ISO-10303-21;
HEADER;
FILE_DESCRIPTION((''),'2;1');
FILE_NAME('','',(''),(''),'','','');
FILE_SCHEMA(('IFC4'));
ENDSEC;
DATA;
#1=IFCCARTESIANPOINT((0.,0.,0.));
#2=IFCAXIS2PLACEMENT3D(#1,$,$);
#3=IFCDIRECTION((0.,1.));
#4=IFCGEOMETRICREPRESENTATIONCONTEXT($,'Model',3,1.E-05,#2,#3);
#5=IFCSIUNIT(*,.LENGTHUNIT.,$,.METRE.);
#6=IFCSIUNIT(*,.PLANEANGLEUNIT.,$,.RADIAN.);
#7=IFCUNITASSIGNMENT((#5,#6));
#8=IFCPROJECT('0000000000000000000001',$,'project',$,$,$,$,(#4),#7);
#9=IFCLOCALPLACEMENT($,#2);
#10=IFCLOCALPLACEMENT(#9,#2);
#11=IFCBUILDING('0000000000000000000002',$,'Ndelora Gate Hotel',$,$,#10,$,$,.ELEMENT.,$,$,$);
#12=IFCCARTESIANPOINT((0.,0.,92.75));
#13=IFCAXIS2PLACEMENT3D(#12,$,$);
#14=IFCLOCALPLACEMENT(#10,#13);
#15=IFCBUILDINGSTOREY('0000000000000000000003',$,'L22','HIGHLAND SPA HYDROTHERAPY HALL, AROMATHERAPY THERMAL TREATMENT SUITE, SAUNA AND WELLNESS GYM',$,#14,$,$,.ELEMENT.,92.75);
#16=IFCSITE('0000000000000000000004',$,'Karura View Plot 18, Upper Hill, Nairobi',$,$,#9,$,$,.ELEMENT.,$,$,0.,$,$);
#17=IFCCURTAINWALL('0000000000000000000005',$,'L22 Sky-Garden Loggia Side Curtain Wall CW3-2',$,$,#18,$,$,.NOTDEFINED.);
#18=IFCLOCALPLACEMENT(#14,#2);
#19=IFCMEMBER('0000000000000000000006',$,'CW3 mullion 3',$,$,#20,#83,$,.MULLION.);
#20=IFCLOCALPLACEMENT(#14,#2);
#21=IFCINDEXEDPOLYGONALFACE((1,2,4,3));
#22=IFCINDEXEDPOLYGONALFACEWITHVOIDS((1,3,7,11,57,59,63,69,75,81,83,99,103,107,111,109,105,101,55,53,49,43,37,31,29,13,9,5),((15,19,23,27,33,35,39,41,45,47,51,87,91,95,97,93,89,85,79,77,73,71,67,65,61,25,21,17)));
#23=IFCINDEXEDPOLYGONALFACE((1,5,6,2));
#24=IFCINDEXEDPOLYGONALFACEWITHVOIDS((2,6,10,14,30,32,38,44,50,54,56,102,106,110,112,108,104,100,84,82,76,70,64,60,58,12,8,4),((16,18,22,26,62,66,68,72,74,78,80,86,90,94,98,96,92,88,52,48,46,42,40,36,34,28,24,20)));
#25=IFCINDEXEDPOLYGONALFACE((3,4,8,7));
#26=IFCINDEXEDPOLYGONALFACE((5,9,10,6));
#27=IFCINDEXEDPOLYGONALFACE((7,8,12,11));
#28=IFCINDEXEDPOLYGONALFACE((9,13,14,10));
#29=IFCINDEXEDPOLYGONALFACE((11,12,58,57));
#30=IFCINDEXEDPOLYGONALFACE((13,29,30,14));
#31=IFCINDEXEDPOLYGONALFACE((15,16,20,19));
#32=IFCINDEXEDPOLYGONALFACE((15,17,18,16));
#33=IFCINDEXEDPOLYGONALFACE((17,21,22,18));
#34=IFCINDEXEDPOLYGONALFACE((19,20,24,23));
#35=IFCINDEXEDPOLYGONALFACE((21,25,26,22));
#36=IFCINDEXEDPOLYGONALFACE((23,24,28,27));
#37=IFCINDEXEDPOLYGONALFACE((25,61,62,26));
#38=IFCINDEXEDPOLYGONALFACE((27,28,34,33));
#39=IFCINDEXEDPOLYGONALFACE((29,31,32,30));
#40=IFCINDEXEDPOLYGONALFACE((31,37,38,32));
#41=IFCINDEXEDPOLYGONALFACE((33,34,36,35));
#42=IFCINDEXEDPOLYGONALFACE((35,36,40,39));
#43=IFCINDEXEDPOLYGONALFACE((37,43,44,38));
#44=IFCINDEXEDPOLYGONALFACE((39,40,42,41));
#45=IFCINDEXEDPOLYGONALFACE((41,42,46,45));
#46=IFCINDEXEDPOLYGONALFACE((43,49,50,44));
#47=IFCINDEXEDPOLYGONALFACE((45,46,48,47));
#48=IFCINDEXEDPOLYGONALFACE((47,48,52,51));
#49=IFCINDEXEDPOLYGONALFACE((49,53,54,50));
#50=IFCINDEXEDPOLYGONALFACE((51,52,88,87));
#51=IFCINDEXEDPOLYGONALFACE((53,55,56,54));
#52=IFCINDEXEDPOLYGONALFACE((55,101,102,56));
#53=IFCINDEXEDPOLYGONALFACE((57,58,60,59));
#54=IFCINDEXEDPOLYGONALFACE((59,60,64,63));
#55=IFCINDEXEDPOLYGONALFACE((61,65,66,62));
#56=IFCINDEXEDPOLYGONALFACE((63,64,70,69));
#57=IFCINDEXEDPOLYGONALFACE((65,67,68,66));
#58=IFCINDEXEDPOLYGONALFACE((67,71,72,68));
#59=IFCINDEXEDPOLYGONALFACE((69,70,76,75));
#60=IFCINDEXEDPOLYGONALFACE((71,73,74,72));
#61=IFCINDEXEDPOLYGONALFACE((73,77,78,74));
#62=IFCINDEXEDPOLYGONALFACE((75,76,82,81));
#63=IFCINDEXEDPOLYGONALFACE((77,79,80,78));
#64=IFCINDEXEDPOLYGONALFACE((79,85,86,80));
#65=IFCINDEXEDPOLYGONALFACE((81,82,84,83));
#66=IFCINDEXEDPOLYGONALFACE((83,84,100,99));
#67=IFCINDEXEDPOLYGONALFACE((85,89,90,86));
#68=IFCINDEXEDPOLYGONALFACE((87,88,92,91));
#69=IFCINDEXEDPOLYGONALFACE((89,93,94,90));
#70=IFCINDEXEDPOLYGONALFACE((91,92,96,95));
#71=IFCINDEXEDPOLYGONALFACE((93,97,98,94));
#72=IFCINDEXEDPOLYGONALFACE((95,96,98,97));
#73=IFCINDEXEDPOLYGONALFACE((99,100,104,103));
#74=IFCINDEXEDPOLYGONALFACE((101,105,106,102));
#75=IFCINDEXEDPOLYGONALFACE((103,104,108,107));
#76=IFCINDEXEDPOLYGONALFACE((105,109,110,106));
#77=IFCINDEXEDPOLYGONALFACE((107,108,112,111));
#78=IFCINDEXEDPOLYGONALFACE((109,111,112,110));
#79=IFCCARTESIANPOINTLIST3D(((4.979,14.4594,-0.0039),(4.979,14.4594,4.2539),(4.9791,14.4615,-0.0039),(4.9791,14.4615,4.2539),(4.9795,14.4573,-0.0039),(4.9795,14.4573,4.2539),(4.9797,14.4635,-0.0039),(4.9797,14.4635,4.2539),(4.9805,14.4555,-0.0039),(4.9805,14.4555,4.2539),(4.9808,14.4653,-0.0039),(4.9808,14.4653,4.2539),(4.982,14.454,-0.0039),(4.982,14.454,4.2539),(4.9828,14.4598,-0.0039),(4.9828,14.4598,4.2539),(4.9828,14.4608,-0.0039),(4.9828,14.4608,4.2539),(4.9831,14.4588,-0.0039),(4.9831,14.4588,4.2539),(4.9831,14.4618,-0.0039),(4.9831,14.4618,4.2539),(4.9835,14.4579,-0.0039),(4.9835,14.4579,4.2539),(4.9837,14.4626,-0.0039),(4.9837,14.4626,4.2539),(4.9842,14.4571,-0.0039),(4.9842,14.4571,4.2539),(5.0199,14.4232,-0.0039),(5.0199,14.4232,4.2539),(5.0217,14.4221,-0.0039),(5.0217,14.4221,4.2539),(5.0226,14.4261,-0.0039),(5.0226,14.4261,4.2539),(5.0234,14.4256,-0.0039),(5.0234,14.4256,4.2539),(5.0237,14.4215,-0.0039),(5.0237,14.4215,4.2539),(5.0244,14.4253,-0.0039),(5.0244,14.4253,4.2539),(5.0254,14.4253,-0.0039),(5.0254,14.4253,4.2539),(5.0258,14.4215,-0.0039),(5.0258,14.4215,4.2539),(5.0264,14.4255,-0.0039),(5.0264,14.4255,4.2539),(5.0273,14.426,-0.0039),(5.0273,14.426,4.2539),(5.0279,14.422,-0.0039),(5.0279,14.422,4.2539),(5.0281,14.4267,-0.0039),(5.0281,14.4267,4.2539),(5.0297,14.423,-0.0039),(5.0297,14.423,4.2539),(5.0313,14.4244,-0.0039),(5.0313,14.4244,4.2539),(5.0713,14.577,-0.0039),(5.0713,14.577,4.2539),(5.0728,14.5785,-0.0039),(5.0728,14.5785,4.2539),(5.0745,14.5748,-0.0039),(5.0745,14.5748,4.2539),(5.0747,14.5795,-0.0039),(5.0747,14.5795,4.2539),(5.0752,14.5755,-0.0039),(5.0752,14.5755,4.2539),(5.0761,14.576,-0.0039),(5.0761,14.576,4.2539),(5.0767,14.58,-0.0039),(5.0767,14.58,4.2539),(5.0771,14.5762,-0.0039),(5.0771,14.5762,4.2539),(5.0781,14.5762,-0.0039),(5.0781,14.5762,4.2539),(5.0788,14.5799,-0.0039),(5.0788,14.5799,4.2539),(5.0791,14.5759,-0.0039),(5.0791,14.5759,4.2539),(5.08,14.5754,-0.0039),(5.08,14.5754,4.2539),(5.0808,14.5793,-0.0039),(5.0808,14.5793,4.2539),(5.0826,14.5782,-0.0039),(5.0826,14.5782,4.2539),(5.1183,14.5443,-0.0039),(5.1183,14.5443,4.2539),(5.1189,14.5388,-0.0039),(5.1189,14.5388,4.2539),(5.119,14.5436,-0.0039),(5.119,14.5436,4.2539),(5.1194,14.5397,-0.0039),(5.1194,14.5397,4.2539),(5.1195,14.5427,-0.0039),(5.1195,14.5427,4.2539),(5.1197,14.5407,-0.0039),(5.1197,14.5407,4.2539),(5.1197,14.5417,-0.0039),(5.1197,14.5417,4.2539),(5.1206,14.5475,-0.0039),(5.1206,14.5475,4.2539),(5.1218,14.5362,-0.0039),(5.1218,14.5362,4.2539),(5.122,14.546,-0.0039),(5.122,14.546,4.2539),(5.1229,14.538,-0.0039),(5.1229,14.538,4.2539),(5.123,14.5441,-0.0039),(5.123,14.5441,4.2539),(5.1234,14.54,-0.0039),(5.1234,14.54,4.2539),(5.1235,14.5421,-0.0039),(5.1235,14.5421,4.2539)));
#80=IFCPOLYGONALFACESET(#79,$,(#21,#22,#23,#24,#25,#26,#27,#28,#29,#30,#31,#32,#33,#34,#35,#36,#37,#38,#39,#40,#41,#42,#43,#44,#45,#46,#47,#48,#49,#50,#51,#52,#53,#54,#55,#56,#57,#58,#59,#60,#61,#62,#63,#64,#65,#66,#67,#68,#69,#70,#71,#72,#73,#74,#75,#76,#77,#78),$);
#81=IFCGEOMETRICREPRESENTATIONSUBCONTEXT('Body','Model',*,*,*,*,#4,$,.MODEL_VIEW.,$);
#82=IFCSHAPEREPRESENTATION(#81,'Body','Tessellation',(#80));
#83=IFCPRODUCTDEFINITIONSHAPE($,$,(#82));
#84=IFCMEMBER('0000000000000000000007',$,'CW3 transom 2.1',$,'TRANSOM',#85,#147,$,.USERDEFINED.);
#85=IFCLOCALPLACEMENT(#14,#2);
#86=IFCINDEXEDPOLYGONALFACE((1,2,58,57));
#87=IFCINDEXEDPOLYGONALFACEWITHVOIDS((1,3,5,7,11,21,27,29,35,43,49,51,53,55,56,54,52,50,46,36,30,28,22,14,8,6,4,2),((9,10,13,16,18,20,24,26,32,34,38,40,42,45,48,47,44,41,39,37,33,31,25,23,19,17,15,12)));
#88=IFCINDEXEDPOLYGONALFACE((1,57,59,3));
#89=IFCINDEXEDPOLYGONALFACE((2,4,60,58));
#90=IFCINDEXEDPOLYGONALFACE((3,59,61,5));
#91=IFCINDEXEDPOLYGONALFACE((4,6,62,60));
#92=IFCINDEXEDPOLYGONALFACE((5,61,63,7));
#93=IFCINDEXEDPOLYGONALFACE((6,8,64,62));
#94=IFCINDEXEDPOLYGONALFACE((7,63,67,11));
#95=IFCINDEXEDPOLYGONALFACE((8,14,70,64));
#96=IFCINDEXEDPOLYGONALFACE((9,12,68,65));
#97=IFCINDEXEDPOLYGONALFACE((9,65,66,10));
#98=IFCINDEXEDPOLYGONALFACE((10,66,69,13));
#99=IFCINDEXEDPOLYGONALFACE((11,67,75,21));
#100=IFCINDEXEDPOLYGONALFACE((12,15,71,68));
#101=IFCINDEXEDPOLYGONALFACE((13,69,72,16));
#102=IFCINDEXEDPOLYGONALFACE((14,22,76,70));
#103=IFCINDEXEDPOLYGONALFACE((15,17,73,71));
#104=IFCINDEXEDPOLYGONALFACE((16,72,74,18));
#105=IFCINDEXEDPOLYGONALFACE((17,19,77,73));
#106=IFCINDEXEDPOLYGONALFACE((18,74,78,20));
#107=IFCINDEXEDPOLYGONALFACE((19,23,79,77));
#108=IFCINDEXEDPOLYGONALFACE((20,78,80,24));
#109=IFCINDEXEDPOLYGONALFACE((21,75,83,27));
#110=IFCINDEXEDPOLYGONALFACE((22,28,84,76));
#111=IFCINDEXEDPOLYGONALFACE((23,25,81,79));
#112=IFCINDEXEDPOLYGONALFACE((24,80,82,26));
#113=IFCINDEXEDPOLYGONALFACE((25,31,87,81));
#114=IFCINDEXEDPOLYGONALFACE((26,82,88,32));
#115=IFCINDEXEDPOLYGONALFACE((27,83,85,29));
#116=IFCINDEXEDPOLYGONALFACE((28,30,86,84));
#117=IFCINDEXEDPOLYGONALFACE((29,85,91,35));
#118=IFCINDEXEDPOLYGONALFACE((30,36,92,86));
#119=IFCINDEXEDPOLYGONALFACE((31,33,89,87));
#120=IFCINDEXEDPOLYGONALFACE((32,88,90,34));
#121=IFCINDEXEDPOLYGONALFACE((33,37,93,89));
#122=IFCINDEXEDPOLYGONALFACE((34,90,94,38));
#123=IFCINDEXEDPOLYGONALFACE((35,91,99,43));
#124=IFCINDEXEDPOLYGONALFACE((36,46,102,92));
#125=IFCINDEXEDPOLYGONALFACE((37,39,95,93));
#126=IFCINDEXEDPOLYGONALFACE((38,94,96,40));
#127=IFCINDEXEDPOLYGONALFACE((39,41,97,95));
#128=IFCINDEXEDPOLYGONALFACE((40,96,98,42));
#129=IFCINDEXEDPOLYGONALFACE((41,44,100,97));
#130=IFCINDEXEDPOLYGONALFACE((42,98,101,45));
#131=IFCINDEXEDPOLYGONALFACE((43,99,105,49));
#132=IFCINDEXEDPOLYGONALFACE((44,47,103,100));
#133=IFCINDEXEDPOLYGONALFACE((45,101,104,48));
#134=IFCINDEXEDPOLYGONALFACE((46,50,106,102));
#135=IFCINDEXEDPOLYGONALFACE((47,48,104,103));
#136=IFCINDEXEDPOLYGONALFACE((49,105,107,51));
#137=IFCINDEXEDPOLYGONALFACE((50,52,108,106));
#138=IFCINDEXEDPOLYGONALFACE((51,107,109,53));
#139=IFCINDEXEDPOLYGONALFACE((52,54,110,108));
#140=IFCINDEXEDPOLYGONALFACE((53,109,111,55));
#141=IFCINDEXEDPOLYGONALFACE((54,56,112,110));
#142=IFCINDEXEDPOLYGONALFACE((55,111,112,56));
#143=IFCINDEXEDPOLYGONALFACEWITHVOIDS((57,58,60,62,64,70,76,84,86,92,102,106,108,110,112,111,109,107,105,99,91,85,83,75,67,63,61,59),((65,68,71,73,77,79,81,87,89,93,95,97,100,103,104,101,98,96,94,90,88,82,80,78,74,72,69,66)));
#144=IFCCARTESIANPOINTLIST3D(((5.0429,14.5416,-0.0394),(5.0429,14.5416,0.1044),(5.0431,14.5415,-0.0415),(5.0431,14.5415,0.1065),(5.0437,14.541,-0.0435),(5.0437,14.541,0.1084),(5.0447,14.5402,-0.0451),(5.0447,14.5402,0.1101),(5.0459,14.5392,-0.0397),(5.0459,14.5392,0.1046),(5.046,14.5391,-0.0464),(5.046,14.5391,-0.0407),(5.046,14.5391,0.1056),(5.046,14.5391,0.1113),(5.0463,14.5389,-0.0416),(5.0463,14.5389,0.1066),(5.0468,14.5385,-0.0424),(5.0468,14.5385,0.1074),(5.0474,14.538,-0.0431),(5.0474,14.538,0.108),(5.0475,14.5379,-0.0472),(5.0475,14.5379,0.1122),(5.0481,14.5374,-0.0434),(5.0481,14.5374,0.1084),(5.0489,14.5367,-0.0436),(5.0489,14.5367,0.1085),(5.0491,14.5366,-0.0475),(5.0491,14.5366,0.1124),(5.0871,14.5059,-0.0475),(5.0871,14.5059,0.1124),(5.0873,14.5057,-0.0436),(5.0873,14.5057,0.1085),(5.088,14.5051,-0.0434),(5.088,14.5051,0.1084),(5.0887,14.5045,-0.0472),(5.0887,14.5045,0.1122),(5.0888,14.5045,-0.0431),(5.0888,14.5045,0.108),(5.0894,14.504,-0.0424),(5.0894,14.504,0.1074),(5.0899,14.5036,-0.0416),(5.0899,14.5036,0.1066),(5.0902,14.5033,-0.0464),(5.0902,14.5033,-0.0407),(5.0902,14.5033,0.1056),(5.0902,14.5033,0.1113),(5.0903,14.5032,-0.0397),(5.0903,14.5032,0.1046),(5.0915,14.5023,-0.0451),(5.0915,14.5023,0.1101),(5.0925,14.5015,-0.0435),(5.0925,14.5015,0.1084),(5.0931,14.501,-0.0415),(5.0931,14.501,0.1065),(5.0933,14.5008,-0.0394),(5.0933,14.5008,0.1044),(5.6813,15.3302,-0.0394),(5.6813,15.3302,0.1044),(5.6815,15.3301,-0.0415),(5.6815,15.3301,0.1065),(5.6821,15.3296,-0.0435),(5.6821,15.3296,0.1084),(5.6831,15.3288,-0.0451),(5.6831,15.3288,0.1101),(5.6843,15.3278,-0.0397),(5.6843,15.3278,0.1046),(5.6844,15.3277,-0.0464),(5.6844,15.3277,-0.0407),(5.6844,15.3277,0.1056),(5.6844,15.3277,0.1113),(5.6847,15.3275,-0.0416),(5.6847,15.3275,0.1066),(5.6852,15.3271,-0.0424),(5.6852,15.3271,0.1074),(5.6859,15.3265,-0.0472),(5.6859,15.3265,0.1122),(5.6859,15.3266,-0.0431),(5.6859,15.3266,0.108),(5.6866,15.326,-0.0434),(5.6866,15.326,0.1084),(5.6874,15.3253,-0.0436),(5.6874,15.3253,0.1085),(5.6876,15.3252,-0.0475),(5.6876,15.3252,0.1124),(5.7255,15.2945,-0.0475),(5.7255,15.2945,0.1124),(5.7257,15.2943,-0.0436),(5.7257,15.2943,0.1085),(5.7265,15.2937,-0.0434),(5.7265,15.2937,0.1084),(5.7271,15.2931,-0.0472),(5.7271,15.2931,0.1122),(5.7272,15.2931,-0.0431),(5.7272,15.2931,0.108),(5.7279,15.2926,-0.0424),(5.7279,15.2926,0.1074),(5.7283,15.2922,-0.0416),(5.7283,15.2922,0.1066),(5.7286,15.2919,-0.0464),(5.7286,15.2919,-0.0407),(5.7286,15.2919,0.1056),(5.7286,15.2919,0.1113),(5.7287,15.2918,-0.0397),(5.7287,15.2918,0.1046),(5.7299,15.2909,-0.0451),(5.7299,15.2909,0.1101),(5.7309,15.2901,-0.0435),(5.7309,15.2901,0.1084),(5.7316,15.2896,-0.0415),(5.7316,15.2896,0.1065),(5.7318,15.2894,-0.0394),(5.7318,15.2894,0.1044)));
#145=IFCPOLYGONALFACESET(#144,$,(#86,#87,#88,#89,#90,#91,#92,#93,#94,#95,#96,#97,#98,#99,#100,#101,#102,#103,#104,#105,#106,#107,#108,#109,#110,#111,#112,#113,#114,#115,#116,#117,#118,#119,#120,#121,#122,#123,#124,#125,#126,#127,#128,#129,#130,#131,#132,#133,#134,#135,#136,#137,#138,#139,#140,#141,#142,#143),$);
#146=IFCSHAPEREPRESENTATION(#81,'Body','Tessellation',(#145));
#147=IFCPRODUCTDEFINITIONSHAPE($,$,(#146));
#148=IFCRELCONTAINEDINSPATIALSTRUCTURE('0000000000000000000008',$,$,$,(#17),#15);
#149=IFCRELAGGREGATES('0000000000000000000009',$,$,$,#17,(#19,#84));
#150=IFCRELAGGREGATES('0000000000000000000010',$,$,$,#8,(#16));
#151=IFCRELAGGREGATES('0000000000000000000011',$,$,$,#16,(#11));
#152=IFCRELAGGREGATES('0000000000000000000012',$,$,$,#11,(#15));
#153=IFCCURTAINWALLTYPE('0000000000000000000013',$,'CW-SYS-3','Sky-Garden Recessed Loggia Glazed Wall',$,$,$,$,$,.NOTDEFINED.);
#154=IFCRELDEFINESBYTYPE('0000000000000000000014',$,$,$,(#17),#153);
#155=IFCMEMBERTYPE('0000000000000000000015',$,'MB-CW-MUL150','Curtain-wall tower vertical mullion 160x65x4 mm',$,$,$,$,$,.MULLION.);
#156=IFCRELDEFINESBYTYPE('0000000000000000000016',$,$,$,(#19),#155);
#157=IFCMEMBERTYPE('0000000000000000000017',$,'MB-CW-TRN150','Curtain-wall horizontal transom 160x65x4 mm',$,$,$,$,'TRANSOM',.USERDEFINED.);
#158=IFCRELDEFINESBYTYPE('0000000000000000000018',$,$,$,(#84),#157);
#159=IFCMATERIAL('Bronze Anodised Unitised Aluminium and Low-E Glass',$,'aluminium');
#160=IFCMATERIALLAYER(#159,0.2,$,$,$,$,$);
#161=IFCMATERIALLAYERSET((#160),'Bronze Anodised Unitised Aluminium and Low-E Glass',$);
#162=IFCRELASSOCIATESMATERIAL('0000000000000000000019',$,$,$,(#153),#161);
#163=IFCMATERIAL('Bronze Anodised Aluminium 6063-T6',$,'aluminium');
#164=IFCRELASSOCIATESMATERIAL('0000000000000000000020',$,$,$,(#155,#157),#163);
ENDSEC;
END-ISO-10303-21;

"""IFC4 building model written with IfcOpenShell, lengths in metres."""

from ifc_helpers import new_model, si_unit, direction, frame, origin, origin_2d, place, context, subcontext, project, spatial, hollow_rectangle, extrude, material, layer, layer_set, material_profile, profile_set, type_object, element, aggregate, save


model = new_model("IFC4")

# Units and contexts
model_context = context("Model", 3, precision=1e-05, world=origin(), true_north=direction((0.0, 1.0)))
body_context = subcontext(model_context, "Body", "Model", "MODEL_VIEW")
ifc_project = project(units=[si_unit("LENGTHUNIT", "METRE"), si_unit("PLANEANGLEUNIT", "RADIAN")], contexts=[model_context])

# Site, building, storey
site_placement = place(None, origin())
site = spatial("IfcSite", under=ifc_project, at=site_placement, Name="Karura View Plot 18, Upper Hill, Nairobi", CompositionType="ELEMENT", RefElevation=0.0)
building_placement = place(site_placement, origin())
building = spatial("IfcBuilding", under=site, at=building_placement, Name="Ndelora Gate Hotel", CompositionType="ELEMENT")
storey_placement = place(building_placement, frame((0.0, 0.0, 92.75)))
storey = spatial("IfcBuildingStorey", under=building, at=storey_placement, Name="L22", Description="HIGHLAND SPA HYDROTHERAPY HALL, AROMATHERAPY THERMAL TREATMENT SUITE, SAUNA AND WELLNESS GYM", CompositionType="ELEMENT", Elevation=92.75)

# Curtain wall, members
ifc_material_1 = material(Name="Bronze Anodised Unitised Aluminium and Low-E Glass", Category="aluminium")
ifc_layer_1 = layer(ifc_material_1, 0.2)
ifc_layer_set_1 = layer_set([ifc_layer_1], Name="Bronze Anodised Unitised Aluminium and Low-E Glass")
curtain_wall_type = type_object("IfcCurtainWallType", Name="CW-SYS-3", Description="Sky-Garden Recessed Loggia Glazed Wall", PredefinedType="NOTDEFINED", material=ifc_layer_set_1)
curtain_wall_placement = place(storey_placement, origin())
curtain_wall = element("IfcCurtainWall", 1, at=curtain_wall_placement, inside=storey, type_object=curtain_wall_type, Name="L22 Sky-Garden Loggia Side Curtain Wall CW3-2", PredefinedType="NOTDEFINED")
ifc_material_2 = material(Name="Bronze Anodised Aluminium 6063-T6", Category="aluminium")
ifc_material_profile_1 = material_profile(ifc_material_2, hollow_rectangle(XDim=0.0649, YDim=0.1599, WallThickness=0.0039, InnerFilletRadius=0.0039, OuterFilletRadius=0.0081, at=origin_2d()), Name="ALU 160x65x4")
ifc_profile_set_1 = profile_set([ifc_material_profile_1], Name="Bronze Anodised Aluminium 6063-T6")
member_type_1 = type_object("IfcMemberType", Name="MB-CW-MUL150", Description="Curtain-wall tower vertical mullion 160x65x4 mm", PredefinedType="MULLION", material=ifc_profile_set_1)
member_1_placement = place(storey_placement, frame((5.0513, 14.5007, -0.0039), z_axis=(0.0, 0.0, 1.0), x_axis=(0.777143, -0.629324, 0.0)))
member_1 = element("IfcMember", 2, at=member_1_placement, type_object=member_type_1, Name="CW3 mullion 3", PredefinedType="MULLION", context=body_context, shape_type="SweptSolid", body=[
    extrude(hollow_rectangle(XDim=0.0649, YDim=0.1599, WallThickness=0.0039, InnerFilletRadius=0.0039, OuterFilletRadius=0.0081, at=origin_2d()), origin(), (0.0, 0.0, 1.0), 4.2578),
])
ifc_material_profile_2 = material_profile(ifc_material_2, hollow_rectangle(XDim=0.0649, YDim=0.1599, WallThickness=0.0039, InnerFilletRadius=0.0039, OuterFilletRadius=0.0081, at=origin_2d()), Name="ALU 160x65x4")
ifc_profile_set_2 = profile_set([ifc_material_profile_2], Name="Bronze Anodised Aluminium 6063-T6")
member_type_2 = type_object("IfcMemberType", Name="MB-CW-TRN150", Description="Curtain-wall horizontal transom 160x65x4 mm", ElementType="TRANSOM", PredefinedType="USERDEFINED", material=ifc_profile_set_2)
member_2_placement = place(storey_placement, frame((5.7065, 15.3098, 0.0325), z_axis=(-0.629233, -0.777217, 0.0), x_axis=(0.777217, -0.629233, 0.0)))
member_2 = element("IfcMember", 3, at=member_2_placement, type_object=member_type_2, Name="CW3 transom 2.1", ObjectType="TRANSOM", PredefinedType="USERDEFINED", context=body_context, shape_type="SweptSolid", body=[
    extrude(hollow_rectangle(XDim=0.0649, YDim=0.1599, WallThickness=0.0039, InnerFilletRadius=0.0039, OuterFilletRadius=0.0081, at=origin_2d()), origin(), (0.0, 0.0, 1.0), 1.0146),
])
aggregate(curtain_wall, [member_1, member_2])

save(model, "model.ifc")
